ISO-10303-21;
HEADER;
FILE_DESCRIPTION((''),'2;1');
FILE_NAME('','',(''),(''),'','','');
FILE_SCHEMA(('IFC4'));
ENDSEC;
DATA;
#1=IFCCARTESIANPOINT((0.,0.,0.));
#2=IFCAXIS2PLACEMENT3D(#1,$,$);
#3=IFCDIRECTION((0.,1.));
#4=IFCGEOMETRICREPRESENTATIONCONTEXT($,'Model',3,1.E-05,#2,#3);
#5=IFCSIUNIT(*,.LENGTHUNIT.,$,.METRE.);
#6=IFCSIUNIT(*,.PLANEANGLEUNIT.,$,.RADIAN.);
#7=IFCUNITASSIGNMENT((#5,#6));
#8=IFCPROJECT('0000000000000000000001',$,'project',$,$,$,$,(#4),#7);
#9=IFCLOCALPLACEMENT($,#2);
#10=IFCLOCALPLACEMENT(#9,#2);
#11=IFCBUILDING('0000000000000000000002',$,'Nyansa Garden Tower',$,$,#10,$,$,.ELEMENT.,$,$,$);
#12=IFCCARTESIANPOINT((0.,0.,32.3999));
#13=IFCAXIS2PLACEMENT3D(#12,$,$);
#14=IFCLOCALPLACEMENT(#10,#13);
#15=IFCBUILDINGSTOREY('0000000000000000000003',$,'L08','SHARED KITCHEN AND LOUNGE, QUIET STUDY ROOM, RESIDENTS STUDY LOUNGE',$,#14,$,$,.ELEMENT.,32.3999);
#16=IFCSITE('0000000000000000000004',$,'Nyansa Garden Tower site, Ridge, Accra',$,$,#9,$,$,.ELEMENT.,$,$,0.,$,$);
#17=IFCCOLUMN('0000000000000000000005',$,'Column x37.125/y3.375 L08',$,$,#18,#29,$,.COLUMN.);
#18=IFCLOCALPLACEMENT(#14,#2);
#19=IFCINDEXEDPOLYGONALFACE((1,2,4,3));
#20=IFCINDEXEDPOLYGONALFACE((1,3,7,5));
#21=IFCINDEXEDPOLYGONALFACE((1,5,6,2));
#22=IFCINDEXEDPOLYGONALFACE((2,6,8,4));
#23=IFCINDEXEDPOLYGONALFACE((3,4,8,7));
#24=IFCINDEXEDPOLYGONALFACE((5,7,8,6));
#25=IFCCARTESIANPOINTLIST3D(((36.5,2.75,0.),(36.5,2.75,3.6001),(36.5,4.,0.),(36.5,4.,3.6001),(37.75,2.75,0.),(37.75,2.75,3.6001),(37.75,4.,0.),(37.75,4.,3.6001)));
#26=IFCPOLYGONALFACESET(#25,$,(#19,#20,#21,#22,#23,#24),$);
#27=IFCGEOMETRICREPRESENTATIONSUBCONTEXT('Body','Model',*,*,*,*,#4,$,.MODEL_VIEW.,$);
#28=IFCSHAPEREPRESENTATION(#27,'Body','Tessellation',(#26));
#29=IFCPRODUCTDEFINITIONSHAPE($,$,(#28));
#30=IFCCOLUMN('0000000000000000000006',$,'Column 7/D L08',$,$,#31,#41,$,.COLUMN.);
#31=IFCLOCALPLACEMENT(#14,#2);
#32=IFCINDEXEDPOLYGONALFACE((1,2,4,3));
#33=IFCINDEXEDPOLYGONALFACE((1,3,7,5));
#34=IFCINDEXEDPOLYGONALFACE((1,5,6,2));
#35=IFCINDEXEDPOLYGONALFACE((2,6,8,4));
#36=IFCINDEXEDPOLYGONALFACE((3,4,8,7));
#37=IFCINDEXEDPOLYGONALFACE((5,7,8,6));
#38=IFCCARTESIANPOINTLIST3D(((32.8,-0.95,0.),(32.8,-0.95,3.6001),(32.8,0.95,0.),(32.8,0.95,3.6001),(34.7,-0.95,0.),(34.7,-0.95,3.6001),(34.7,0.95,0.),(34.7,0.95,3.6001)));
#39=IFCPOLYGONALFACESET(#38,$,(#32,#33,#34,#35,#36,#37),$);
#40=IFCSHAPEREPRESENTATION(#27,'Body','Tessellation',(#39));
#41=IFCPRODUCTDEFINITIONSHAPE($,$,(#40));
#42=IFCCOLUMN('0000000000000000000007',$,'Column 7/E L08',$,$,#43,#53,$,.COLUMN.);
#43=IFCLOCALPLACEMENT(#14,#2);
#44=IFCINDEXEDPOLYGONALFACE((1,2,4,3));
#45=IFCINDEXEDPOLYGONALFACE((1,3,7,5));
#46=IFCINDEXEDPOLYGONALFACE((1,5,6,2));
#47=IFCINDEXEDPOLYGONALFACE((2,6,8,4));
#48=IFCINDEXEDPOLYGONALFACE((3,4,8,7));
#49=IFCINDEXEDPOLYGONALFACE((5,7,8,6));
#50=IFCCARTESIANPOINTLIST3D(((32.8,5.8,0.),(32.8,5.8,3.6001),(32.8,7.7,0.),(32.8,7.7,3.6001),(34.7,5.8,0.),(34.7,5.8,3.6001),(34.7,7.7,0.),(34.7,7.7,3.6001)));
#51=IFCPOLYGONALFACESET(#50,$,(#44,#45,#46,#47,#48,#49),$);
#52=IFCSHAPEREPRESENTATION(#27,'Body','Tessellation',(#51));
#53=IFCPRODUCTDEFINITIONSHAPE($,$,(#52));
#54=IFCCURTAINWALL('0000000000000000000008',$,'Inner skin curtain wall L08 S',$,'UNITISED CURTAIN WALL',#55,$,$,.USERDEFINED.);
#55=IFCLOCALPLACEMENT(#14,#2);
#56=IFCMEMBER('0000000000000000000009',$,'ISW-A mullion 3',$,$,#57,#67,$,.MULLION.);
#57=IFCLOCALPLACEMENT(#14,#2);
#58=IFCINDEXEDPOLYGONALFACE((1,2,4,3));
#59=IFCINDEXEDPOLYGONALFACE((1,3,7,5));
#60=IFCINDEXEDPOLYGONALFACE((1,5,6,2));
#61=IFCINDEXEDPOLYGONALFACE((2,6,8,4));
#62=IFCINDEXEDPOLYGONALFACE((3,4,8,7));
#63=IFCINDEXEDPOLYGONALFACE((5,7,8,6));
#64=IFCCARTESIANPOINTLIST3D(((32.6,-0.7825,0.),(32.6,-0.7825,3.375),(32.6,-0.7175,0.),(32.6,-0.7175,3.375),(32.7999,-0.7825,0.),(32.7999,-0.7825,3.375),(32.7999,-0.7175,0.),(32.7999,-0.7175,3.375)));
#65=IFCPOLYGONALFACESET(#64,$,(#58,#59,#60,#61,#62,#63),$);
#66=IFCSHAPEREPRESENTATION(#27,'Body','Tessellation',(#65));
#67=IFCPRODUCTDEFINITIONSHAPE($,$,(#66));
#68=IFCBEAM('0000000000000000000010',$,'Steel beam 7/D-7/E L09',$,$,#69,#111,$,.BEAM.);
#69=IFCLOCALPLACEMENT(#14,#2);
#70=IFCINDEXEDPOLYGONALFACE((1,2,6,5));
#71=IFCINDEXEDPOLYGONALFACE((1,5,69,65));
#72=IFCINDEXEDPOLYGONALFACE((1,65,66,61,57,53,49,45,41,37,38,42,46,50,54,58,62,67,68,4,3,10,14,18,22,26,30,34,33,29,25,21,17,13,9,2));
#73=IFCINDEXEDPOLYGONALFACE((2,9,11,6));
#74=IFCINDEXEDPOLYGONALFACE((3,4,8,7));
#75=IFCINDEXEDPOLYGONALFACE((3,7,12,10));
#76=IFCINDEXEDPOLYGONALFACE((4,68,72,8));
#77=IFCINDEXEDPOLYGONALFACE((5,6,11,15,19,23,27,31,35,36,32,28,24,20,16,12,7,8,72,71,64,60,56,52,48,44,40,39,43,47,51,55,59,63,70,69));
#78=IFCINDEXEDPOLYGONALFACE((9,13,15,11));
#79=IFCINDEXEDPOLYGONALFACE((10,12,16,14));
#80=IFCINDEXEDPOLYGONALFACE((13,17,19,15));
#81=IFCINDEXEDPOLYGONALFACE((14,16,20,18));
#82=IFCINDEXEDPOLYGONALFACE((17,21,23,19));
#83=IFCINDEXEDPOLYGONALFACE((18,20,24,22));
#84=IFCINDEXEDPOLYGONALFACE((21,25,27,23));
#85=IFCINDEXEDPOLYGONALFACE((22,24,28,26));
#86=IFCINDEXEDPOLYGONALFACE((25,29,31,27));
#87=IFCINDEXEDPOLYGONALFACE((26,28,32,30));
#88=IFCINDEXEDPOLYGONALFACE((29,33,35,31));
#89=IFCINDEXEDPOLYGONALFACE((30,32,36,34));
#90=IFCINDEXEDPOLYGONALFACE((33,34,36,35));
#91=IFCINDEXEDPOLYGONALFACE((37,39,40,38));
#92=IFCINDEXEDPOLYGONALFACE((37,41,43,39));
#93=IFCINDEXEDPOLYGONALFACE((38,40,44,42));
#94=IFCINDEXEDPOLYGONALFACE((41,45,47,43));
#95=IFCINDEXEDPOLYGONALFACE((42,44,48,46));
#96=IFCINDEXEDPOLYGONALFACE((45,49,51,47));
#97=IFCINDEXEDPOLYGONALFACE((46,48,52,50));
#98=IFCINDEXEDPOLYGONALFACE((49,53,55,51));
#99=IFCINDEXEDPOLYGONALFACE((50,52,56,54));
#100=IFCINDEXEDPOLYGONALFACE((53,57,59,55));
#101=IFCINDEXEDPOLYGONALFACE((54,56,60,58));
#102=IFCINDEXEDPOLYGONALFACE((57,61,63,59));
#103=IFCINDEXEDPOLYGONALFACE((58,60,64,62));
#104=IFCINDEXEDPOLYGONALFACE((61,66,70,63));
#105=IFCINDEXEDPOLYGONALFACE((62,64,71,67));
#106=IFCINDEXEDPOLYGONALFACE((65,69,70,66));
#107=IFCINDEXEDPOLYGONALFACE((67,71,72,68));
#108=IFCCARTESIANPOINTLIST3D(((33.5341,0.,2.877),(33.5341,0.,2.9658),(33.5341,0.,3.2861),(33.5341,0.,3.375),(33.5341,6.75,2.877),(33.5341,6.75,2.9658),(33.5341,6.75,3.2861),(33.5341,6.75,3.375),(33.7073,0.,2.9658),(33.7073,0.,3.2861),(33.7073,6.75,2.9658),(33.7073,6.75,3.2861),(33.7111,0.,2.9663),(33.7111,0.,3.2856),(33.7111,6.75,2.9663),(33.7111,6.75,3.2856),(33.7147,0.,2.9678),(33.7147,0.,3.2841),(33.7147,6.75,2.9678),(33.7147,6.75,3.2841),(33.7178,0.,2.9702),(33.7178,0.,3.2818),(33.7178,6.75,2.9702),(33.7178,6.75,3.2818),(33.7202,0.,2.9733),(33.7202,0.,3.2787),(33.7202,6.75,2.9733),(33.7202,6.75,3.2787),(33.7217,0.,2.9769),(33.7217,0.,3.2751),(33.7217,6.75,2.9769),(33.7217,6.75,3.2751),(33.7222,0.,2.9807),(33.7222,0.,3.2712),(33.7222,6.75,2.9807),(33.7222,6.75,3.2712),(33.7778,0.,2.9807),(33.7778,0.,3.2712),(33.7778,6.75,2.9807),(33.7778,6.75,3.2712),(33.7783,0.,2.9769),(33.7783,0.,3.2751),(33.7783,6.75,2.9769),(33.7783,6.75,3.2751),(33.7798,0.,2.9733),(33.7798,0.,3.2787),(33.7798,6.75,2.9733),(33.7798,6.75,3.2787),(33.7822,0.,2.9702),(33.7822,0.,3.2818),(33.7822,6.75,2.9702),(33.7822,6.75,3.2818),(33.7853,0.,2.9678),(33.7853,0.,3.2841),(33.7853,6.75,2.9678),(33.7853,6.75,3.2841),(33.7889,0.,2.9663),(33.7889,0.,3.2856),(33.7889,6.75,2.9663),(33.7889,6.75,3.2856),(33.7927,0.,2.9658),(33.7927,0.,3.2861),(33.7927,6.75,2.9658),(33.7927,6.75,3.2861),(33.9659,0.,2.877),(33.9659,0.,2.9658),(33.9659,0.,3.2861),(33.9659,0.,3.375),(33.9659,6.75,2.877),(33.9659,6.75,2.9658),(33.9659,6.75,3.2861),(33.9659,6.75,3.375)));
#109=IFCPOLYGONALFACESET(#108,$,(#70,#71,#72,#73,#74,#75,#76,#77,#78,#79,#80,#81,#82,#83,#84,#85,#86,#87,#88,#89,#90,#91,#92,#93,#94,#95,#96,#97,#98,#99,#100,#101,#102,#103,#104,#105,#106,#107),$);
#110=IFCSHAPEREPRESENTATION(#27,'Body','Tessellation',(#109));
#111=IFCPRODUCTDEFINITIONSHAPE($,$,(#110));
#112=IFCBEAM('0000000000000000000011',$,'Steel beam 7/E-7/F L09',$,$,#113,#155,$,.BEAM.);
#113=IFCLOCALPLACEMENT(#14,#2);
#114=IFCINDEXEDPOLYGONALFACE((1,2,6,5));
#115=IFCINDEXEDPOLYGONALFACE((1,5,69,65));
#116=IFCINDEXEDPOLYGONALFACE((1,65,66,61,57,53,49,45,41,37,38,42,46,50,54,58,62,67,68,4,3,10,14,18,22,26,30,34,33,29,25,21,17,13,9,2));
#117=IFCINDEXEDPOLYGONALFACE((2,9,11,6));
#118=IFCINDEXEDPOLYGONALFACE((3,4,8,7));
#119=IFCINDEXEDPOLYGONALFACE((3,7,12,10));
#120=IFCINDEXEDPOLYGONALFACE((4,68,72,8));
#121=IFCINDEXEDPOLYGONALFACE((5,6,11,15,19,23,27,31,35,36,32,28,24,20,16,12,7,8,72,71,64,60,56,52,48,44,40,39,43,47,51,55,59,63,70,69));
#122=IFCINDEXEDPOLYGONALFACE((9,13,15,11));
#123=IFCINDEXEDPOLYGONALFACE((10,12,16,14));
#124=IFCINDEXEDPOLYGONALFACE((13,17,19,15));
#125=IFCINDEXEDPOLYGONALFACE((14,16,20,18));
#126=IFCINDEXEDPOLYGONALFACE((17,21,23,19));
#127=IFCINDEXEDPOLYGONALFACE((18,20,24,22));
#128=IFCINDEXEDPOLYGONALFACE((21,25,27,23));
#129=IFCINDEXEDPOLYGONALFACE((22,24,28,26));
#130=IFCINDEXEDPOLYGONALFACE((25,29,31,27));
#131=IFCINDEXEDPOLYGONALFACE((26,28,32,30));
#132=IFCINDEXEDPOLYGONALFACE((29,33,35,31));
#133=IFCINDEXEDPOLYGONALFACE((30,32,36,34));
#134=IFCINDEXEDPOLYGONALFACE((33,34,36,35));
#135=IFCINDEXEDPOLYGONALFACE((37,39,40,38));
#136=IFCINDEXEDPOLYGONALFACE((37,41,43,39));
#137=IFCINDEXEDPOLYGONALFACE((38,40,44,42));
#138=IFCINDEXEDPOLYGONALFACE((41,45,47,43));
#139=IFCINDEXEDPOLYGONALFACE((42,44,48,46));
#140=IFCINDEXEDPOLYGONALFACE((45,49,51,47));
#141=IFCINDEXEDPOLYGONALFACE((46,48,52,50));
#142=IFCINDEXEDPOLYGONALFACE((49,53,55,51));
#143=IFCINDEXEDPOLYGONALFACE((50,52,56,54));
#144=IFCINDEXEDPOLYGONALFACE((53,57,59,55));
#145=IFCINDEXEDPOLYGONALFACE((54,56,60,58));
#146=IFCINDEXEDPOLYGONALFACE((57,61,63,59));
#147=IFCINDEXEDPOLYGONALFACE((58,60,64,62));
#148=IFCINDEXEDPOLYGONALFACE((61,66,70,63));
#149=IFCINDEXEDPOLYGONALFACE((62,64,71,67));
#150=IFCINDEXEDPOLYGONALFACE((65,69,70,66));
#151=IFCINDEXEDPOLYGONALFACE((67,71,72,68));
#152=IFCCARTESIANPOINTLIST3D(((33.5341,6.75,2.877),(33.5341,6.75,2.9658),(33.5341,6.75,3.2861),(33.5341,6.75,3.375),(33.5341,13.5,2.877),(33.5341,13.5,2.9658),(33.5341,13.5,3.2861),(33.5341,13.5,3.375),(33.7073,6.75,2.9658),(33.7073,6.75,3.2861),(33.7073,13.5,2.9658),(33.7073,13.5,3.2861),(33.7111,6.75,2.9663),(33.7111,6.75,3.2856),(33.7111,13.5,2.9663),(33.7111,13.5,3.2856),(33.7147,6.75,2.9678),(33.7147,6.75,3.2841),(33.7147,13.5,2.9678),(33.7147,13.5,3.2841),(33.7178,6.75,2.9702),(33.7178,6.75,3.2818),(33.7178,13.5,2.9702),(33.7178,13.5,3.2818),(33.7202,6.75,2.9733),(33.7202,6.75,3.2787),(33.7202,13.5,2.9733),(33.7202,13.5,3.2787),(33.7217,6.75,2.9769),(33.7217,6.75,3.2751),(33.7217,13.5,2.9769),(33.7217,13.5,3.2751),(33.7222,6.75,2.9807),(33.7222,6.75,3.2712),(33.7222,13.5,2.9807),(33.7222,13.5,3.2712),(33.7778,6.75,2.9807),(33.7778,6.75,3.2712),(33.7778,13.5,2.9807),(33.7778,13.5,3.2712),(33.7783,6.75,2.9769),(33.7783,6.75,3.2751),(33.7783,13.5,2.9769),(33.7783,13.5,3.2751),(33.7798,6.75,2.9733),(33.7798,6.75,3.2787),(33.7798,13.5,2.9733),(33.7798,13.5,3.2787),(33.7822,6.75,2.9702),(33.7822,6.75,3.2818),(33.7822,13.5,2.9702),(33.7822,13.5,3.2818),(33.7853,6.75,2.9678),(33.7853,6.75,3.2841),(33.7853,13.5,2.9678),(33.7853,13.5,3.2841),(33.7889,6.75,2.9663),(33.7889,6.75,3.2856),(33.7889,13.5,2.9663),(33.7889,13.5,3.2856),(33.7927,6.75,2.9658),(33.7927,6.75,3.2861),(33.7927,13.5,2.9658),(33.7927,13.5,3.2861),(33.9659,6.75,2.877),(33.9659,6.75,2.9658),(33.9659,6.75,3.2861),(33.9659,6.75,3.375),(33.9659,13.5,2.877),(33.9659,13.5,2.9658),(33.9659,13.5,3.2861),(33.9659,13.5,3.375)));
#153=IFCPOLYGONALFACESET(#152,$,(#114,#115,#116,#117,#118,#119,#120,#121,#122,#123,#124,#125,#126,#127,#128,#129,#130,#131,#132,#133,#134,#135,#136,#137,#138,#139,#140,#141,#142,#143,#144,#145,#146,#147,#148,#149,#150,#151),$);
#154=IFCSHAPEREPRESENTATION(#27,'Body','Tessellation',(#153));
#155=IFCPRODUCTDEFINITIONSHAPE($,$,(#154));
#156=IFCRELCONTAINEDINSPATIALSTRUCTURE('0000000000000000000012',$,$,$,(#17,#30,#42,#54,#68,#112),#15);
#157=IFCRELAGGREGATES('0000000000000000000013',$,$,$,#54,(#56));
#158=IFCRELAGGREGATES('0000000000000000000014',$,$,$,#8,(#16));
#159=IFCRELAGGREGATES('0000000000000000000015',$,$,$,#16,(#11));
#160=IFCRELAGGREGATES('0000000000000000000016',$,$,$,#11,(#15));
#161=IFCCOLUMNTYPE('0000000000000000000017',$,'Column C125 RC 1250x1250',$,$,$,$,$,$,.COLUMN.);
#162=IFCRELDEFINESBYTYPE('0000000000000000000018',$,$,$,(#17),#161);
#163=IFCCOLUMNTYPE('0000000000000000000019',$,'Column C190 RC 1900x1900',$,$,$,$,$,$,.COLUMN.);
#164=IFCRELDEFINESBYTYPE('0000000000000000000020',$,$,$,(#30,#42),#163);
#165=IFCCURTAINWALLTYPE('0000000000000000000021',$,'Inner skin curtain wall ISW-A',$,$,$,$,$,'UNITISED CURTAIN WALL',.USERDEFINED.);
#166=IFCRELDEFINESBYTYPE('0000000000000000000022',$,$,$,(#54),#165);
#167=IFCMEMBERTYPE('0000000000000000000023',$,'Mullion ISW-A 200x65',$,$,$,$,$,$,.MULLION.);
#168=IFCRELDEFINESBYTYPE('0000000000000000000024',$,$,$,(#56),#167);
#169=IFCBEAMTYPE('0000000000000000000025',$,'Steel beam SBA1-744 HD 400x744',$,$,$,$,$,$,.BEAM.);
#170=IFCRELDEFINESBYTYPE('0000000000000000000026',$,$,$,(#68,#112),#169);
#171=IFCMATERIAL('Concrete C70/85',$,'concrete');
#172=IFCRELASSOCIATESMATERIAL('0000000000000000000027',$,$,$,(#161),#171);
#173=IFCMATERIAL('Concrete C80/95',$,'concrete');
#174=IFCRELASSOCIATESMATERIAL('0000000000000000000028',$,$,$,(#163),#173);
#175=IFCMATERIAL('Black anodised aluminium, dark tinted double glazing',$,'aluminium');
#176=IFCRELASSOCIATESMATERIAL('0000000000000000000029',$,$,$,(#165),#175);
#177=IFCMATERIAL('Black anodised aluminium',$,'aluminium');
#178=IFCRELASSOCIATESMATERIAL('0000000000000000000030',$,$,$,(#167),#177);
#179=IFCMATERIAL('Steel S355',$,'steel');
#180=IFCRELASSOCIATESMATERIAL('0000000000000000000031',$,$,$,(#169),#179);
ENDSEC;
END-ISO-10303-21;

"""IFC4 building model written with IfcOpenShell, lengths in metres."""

from ifc_helpers import new_model, si_unit, direction, frame, origin, origin_2d, place, context, subcontext, project, spatial, rectangle, i_section, extrude, material, material_profile, profile_set, type_object, element, aggregate, save


model = new_model("IFC4")

# Units and contexts
model_context = context("Model", 3, precision=1e-05, world=origin(), true_north=direction((0.0, 1.0)))
body_context = subcontext(model_context, "Body", "Model", "MODEL_VIEW")
ifc_project = project(units=[si_unit("LENGTHUNIT", "METRE"), si_unit("PLANEANGLEUNIT", "RADIAN")], contexts=[model_context])

# Site, building, storey
site_placement = place(None, origin())
site = spatial("IfcSite", under=ifc_project, at=site_placement, Name="Nyansa Garden Tower site, Ridge, Accra", CompositionType="ELEMENT", RefElevation=0.0)
building_placement = place(site_placement, origin())
building = spatial("IfcBuilding", under=site, at=building_placement, Name="Nyansa Garden Tower", CompositionType="ELEMENT")
storey_placement = place(building_placement, frame((0.0, 0.0, 32.3999)))
storey = spatial("IfcBuildingStorey", under=building, at=storey_placement, Name="L08", Description="SHARED KITCHEN AND LOUNGE, QUIET STUDY ROOM, RESIDENTS STUDY LOUNGE", CompositionType="ELEMENT", Elevation=32.3999)

# Columns
ifc_material_1 = material(Name="Concrete C70/85", Category="concrete")
ifc_material_profile_1 = material_profile(ifc_material_1, rectangle(XDim=1.25, YDim=1.25, at=origin_2d()), Name="RC 1250x1250")
ifc_profile_set_1 = profile_set([ifc_material_profile_1], Name="Concrete C70/85")
column_type_1 = type_object("IfcColumnType", Name="Column C125 RC 1250x1250", PredefinedType="COLUMN", material=ifc_profile_set_1)
column_placement = place(storey_placement, frame((37.125, 3.375, 0.0), z_axis=(0.0, 0.0, 1.0), x_axis=(1.0, 0.0, 0.0)))
element("IfcColumn", 1, at=column_placement, inside=storey, type_object=column_type_1, Name="Column x37.125/y3.375 L08", PredefinedType="COLUMN", context=body_context, shape_type="SweptSolid", body=[
    extrude(rectangle(XDim=1.25, YDim=1.25, at=origin_2d()), origin(), (0.0, 0.0, 1.0), 3.6001),
])
ifc_material_2 = material(Name="Concrete C80/95", Category="concrete")
ifc_material_profile_2 = material_profile(ifc_material_2, rectangle(XDim=1.8999, YDim=1.8999, at=origin_2d()), Name="RC 1900x1900")
ifc_profile_set_2 = profile_set([ifc_material_profile_2], Name="Concrete C80/95")
column_type_2 = type_object("IfcColumnType", Name="Column C190 RC 1900x1900", PredefinedType="COLUMN", material=ifc_profile_set_2)
for number, where, z_axis, x_axis, name in (
    (2, (33.75, 0.0, 0.0), (0.0, 0.0, 1.0), (1.0, 0.0, 0.0), "Column 7/D L08"),
    (3, (33.75, 6.75, 0.0), (0.0, 0.0, 1.0), (1.0, 0.0, 0.0), "Column 7/E L08"),
):
    element("IfcColumn", number, at=place(storey_placement, frame(where, z_axis=z_axis, x_axis=x_axis)), inside=storey, type_object=column_type_2, Name=name, PredefinedType="COLUMN", context=body_context, shape_type="SweptSolid", body=[
        extrude(rectangle(XDim=1.8999, YDim=1.8999, at=origin_2d()), origin(), (0.0, 0.0, 1.0), 3.6001),
    ])

# Curtain wall, member
ifc_material_3 = material(Name="Black anodised aluminium, dark tinted double glazing", Category="aluminium")
curtain_wall_type = type_object("IfcCurtainWallType", Name="Inner skin curtain wall ISW-A", ElementType="UNITISED CURTAIN WALL", PredefinedType="USERDEFINED", material=ifc_material_3)
curtain_wall_placement = place(storey_placement, origin())
curtain_wall = element("IfcCurtainWall", 4, at=curtain_wall_placement, inside=storey, type_object=curtain_wall_type, Name="Inner skin curtain wall L08 S", ObjectType="UNITISED CURTAIN WALL", PredefinedType="USERDEFINED")
ifc_material_4 = material(Name="Black anodised aluminium", Category="aluminium")
ifc_material_profile_3 = material_profile(ifc_material_4, rectangle(XDim=0.0649, YDim=0.2, at=origin_2d()), Name="Mullion 200x65")
ifc_profile_set_3 = profile_set([ifc_material_profile_3], Name="Black anodised aluminium")
member_type = type_object("IfcMemberType", Name="Mullion ISW-A 200x65", PredefinedType="MULLION", material=ifc_profile_set_3)
member_placement = place(storey_placement, frame((32.7, -0.75, 0.0), z_axis=(0.0, 0.0, 1.0), x_axis=(0.0, 1.0, 0.0)))
member = element("IfcMember", 5, at=member_placement, type_object=member_type, Name="ISW-A mullion 3", PredefinedType="MULLION", context=body_context, shape_type="SweptSolid", body=[
    extrude(rectangle(XDim=0.0649, YDim=0.2, at=origin_2d()), origin(), (0.0, 0.0, 1.0), 3.375),
])

# Beams
ifc_material_5 = material(Name="Steel S355", Category="steel")
ifc_material_profile_4 = material_profile(ifc_material_5, i_section(OverallWidth=0.4319, OverallDepth=0.498, WebThickness=0.0557, FlangeThickness=0.0889, FilletRadius=0.0149, at=origin_2d()), Name="HD 400x744")
ifc_profile_set_4 = profile_set([ifc_material_profile_4], Name="Steel S355")
beam_type_1 = type_object("IfcBeamType", Name="Steel beam SBA1-744 HD 400x744", PredefinedType="BEAM", material=ifc_profile_set_4)
for number, where, z_axis, x_axis, name in (
    (6, (33.75, 0.0, 3.126), (0.0, 1.0, 0.0), (-1.0, 0.0, 0.0), "Steel beam 7/D-7/E L09"),
    (7, (33.75, 6.75, 3.126), (0.0, 1.0, 0.0), (-1.0, 0.0, 0.0), "Steel beam 7/E-7/F L09"),
):
    element("IfcBeam", number, at=place(storey_placement, frame(where, z_axis=z_axis, x_axis=x_axis)), inside=storey, type_object=beam_type_1, Name=name, PredefinedType="BEAM", context=body_context, shape_type="SweptSolid", body=[
        extrude(i_section(OverallWidth=0.4319, OverallDepth=0.498, WebThickness=0.0557, FlangeThickness=0.0889, FilletRadius=0.0149, at=origin_2d()), origin(), (0.0, 0.0, 1.0), 6.75),
    ])

aggregate(curtain_wall, [member])

save(model, "model.ifc")
